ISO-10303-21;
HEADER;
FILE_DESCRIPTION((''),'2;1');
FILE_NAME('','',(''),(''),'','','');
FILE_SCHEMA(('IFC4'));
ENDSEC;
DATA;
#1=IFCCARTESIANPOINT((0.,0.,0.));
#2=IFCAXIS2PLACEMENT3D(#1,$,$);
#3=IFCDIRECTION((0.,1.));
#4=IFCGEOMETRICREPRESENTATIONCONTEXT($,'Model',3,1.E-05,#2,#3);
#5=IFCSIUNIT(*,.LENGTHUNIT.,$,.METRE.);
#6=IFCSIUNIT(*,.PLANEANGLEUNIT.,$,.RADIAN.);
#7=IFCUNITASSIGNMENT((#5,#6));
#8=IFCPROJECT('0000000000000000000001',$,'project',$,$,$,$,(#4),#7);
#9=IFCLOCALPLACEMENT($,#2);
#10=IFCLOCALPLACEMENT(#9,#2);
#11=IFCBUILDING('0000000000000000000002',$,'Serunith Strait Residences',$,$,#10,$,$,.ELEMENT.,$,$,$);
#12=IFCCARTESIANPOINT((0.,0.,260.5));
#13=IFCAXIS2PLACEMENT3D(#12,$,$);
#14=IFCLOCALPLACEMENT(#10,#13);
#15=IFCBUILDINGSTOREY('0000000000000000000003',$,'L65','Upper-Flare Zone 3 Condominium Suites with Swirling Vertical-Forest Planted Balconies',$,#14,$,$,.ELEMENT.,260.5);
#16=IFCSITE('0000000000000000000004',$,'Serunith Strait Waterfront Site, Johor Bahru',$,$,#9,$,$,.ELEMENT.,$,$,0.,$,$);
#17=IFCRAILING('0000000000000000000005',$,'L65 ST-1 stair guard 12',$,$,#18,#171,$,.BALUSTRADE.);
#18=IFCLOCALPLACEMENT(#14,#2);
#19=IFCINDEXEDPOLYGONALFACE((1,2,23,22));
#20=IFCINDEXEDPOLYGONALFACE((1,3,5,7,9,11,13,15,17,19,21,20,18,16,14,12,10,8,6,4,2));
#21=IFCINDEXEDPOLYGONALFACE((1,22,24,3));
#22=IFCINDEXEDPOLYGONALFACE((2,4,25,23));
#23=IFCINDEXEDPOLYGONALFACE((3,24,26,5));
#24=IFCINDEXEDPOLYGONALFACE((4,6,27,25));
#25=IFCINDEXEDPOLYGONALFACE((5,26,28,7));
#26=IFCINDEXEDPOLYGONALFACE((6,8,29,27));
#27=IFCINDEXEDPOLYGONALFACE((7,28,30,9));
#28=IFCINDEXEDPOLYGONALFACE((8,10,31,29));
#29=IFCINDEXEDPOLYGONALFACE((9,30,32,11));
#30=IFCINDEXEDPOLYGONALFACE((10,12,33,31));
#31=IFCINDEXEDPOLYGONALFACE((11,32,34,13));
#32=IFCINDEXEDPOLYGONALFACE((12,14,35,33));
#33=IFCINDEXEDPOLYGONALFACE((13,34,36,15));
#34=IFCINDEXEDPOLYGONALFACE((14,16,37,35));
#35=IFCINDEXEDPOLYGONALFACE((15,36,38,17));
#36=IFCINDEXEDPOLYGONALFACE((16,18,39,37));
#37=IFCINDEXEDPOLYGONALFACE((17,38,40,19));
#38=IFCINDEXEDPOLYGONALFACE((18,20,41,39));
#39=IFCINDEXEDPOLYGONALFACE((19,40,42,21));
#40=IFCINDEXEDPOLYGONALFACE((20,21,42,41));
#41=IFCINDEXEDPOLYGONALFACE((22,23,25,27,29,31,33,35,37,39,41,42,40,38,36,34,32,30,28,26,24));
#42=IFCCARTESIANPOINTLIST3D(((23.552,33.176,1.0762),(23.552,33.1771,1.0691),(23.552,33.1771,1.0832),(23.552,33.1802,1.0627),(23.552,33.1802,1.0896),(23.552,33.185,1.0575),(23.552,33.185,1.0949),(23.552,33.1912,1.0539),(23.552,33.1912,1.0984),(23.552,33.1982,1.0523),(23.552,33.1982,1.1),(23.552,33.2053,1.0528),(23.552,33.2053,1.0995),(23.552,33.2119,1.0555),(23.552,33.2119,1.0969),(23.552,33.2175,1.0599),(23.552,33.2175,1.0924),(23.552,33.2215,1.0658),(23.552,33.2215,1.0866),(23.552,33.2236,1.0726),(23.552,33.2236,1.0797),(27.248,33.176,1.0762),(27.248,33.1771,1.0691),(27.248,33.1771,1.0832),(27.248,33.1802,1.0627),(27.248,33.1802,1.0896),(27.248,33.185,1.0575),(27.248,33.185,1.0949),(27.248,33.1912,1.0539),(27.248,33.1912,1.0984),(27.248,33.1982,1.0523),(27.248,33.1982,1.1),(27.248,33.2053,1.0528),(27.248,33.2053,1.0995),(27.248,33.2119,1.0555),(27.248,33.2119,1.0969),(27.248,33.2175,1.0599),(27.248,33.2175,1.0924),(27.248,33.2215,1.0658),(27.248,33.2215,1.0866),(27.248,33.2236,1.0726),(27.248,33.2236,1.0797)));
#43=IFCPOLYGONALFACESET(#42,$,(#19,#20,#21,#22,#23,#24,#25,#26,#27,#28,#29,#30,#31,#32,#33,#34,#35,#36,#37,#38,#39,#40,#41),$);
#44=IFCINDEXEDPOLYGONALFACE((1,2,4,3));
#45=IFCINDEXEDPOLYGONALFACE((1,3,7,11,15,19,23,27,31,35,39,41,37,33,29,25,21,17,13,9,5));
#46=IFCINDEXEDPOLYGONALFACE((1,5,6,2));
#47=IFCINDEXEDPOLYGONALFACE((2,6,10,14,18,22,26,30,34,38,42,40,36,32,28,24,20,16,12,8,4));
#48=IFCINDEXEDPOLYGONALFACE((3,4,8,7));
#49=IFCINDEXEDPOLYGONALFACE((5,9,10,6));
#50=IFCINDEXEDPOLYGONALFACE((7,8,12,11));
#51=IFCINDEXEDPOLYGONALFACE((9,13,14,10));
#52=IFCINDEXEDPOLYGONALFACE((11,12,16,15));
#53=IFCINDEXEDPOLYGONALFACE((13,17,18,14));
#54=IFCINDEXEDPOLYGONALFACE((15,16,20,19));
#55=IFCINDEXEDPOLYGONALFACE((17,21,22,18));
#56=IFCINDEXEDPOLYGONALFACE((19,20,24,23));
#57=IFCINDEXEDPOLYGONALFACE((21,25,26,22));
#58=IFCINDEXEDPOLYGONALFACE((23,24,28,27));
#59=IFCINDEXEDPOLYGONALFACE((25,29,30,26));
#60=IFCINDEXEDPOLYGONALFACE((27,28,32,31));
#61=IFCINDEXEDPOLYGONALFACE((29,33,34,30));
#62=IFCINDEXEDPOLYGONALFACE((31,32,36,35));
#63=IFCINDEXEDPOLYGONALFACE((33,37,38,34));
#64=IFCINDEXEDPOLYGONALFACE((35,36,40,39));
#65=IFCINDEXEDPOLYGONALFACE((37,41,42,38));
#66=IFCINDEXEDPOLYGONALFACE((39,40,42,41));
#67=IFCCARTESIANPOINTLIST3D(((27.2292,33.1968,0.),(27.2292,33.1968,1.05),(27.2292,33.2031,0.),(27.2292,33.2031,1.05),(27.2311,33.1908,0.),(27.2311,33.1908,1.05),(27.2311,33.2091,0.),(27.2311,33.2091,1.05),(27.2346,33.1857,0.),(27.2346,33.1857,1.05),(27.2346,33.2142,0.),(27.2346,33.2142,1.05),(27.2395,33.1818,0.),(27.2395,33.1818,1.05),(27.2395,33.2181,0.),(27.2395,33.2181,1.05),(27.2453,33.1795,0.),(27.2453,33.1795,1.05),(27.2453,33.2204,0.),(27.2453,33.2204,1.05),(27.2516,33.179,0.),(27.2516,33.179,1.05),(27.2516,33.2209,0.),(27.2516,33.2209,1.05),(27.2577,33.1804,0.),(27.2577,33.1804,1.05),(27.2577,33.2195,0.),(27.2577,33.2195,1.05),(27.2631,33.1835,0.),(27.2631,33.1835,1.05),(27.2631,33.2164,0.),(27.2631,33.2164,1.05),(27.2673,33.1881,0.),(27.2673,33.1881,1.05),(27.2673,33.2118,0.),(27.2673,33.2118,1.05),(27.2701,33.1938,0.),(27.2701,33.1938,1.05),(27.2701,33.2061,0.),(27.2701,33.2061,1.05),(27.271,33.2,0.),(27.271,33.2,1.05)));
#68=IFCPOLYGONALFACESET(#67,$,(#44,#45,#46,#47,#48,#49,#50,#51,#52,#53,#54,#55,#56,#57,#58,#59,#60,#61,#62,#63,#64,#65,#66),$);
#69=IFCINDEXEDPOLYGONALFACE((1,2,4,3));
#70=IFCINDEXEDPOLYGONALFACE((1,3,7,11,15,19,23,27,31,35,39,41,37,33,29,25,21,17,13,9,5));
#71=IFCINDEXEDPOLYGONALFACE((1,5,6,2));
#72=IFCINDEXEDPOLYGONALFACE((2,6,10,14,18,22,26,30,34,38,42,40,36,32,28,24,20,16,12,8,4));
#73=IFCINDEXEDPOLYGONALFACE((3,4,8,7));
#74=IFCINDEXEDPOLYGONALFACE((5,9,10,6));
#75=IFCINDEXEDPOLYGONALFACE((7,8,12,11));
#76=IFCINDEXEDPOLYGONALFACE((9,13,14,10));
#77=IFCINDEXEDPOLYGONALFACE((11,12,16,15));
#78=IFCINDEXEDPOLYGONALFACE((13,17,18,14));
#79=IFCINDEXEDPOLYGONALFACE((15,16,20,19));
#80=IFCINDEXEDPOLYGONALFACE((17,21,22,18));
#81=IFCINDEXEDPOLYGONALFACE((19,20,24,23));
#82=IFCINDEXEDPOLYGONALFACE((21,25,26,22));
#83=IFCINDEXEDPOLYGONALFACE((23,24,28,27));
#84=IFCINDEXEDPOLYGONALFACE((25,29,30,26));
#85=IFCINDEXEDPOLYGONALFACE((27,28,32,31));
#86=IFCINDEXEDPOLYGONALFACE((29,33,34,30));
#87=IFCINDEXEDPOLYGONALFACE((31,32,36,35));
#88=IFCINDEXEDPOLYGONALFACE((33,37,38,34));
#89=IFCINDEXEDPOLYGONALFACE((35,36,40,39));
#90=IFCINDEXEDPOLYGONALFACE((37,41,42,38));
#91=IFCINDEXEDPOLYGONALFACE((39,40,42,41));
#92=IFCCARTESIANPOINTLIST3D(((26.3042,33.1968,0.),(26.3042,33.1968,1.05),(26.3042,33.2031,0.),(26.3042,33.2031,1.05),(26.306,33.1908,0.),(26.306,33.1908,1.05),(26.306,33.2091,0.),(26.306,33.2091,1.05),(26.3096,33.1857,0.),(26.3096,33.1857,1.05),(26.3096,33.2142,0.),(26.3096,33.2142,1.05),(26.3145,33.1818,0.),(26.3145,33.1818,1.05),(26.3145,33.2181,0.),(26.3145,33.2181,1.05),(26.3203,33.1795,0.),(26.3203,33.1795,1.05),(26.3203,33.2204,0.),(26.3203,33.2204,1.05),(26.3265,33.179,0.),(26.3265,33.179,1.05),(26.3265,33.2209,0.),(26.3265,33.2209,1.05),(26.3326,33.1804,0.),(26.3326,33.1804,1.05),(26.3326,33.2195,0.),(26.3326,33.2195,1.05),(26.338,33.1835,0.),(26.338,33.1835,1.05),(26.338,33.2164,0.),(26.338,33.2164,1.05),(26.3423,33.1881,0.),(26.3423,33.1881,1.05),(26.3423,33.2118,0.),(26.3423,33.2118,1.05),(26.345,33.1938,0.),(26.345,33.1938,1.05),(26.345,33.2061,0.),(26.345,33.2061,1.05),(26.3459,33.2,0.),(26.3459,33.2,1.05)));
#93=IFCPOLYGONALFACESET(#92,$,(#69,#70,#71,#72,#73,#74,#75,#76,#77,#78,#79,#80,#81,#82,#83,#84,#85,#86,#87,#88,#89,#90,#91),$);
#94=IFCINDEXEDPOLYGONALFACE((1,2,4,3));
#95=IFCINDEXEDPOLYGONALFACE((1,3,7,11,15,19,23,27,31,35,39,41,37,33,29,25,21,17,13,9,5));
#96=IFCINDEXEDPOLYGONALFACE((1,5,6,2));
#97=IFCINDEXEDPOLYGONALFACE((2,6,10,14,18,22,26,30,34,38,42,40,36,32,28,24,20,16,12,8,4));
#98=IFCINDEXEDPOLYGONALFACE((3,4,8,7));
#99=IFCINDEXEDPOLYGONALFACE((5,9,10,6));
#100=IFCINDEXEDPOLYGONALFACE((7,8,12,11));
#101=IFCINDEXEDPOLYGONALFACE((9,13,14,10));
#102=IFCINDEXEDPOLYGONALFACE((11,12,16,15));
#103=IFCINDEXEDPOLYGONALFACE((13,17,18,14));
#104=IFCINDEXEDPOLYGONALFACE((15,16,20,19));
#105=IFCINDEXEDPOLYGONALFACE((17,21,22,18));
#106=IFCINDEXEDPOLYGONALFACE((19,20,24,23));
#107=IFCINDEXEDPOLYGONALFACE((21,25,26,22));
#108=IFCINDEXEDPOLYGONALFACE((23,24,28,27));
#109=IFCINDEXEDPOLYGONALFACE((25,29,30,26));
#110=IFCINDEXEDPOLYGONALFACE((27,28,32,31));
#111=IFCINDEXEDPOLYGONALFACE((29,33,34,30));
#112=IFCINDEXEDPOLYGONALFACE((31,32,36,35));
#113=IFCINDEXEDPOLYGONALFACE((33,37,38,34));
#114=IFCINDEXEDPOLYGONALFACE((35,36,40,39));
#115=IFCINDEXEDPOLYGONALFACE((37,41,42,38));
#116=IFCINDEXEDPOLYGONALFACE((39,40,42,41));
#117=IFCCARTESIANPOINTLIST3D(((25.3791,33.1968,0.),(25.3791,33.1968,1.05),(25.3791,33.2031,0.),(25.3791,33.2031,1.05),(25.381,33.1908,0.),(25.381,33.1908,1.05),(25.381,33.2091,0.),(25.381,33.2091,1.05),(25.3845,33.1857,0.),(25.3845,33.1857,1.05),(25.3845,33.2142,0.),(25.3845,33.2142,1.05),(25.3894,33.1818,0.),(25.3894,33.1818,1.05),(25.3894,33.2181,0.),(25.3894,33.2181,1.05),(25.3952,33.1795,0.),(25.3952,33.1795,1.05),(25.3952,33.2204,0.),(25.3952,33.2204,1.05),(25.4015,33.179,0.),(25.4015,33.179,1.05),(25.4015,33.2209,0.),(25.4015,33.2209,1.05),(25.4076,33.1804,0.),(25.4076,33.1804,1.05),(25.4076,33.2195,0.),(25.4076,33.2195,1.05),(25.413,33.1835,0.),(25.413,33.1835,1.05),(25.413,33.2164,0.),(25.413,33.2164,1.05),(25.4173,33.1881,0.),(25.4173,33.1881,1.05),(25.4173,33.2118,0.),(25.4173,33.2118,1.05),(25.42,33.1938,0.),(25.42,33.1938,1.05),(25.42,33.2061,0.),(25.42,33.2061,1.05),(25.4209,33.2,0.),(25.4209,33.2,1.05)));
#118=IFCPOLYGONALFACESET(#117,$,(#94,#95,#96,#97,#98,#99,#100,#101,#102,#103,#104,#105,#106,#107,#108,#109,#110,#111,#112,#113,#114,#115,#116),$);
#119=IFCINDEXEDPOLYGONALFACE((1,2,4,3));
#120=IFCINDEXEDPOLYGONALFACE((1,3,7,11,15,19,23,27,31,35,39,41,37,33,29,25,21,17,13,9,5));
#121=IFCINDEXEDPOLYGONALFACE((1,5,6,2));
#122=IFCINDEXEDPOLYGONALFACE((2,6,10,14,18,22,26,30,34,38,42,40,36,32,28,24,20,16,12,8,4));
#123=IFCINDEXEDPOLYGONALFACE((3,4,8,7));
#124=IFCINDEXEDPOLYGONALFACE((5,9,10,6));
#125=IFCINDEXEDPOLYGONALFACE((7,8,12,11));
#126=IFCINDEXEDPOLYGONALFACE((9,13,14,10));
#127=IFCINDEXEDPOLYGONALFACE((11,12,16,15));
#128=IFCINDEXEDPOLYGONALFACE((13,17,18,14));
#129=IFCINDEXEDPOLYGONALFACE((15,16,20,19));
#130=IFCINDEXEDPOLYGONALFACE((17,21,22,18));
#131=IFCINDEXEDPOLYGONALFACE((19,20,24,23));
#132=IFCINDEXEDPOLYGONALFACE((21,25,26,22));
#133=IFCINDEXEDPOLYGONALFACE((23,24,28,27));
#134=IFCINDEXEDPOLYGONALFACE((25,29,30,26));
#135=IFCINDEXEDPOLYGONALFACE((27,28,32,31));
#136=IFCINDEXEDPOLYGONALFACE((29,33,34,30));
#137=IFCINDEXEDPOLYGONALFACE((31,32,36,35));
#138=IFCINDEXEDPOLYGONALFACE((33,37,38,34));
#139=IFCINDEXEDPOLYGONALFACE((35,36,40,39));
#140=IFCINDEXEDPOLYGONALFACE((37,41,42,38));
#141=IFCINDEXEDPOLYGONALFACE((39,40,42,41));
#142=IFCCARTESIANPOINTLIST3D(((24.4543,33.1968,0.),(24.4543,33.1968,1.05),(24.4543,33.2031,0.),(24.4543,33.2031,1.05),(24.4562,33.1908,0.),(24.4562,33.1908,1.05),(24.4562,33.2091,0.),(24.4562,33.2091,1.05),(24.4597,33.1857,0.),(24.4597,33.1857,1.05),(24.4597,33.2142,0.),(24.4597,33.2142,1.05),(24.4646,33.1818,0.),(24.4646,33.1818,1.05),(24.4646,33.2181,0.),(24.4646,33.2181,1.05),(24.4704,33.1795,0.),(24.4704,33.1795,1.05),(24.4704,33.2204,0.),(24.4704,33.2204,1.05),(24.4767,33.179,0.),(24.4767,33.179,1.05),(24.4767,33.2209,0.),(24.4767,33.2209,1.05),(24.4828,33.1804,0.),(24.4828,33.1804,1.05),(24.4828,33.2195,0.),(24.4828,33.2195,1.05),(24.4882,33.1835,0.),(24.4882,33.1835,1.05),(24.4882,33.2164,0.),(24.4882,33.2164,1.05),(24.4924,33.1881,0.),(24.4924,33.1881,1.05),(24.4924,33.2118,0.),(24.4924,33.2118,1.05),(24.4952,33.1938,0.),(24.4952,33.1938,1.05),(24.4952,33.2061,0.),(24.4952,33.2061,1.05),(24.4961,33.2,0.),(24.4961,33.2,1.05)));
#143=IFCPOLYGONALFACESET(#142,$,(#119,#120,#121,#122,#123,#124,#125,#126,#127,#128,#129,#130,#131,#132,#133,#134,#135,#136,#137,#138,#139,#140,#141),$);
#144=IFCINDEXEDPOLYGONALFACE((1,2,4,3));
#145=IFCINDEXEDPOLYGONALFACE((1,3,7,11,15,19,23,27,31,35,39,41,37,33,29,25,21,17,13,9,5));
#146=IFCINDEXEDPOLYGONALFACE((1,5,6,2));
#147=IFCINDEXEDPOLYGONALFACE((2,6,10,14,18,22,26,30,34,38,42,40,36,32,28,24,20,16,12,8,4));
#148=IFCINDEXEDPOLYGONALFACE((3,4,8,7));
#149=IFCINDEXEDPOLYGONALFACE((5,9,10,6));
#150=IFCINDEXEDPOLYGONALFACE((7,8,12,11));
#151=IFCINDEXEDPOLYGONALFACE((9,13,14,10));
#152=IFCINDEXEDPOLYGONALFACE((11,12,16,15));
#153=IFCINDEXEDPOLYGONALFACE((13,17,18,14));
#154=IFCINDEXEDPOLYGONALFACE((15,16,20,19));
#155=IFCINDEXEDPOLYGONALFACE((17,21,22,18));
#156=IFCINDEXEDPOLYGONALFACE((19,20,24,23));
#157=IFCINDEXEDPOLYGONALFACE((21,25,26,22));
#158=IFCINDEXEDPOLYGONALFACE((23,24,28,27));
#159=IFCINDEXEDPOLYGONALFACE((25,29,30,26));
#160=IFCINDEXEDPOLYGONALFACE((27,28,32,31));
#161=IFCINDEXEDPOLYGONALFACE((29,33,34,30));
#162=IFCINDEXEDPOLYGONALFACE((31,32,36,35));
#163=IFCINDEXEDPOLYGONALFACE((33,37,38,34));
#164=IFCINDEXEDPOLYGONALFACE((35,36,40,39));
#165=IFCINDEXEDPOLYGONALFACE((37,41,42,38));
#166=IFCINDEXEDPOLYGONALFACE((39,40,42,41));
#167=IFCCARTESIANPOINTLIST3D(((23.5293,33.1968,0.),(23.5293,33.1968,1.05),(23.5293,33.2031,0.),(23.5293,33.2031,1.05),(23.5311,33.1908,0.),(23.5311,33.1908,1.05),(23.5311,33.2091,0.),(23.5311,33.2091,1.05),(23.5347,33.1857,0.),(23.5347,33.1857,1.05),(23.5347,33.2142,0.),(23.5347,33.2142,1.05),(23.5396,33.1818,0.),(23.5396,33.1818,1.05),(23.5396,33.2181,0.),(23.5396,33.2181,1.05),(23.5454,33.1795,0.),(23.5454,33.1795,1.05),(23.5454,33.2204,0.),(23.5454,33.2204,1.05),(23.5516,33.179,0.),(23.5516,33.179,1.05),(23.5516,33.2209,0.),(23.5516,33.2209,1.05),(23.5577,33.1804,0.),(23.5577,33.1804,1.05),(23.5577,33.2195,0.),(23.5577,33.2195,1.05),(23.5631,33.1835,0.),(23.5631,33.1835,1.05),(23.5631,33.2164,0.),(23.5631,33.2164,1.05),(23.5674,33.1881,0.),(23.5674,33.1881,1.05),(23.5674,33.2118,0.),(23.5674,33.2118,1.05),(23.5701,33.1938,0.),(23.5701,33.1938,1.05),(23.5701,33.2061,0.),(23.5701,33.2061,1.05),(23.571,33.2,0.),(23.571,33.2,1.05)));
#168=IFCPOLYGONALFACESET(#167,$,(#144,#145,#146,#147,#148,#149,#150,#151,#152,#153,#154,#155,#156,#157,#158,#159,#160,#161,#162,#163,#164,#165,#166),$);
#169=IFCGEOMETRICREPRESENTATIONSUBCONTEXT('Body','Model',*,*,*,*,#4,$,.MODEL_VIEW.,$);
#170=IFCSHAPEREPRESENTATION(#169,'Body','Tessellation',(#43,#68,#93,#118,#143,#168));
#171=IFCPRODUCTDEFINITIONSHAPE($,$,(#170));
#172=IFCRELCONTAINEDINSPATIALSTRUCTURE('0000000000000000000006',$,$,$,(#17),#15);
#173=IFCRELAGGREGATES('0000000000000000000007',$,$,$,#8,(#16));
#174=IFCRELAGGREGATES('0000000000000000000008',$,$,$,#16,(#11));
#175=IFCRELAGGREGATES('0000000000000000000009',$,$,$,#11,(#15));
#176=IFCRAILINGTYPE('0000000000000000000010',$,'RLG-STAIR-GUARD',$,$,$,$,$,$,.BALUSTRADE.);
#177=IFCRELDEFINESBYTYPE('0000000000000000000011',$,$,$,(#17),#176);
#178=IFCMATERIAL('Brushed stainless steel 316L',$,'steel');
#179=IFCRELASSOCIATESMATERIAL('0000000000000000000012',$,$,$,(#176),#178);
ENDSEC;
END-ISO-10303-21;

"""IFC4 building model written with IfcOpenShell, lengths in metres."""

from ifc_helpers import new_model, si_unit, direction, frame, origin, origin_2d, place, context, subcontext, project, spatial, circle, extrude, material, type_object, element, save


model = new_model("IFC4")

# Units and contexts
model_context = context("Model", 3, precision=1e-05, world=origin(), true_north=direction((0.0, 1.0)))
body_context = subcontext(model_context, "Body", "Model", "MODEL_VIEW")
ifc_project = project(units=[si_unit("LENGTHUNIT", "METRE"), si_unit("PLANEANGLEUNIT", "RADIAN")], contexts=[model_context])

# Site, building, storey
site_placement = place(None, origin())
site = spatial("IfcSite", under=ifc_project, at=site_placement, Name="Serunith Strait Waterfront Site, Johor Bahru", CompositionType="ELEMENT", RefElevation=0.0)
building_placement = place(site_placement, origin())
building = spatial("IfcBuilding", under=site, at=building_placement, Name="Serunith Strait Residences", CompositionType="ELEMENT")
storey_placement = place(building_placement, frame((0.0, 0.0, 260.5)))
storey = spatial("IfcBuildingStorey", under=building, at=storey_placement, Name="L65", Description="Upper-Flare Zone 3 Condominium Suites with Swirling Vertical-Forest Planted Balconies", CompositionType="ELEMENT", Elevation=260.5)

# Railing
ifc_material_1 = material(Name="Brushed stainless steel 316L", Category="steel")
railing_type = type_object("IfcRailingType", Name="RLG-STAIR-GUARD", PredefinedType="BALUSTRADE", material=ifc_material_1)
railing_1_placement = place(storey_placement, frame((27.25, 33.2, 0.0)))
element("IfcRailing", 1, at=railing_1_placement, inside=storey, type_object=railing_type, Name="L65 ST-1 stair guard 12", PredefinedType="BALUSTRADE", context=body_context, shape_type="SweptSolid", body=[
    extrude(circle(Radius=0.0239, at=origin_2d()), frame((-0.002, 0.0, 1.0762), z_axis=(-1.0, 0.0, 0.0), x_axis=(0.0, -1.0, 0.0)), (0.0, 0.0, 1.0), 3.696),
    extrude(circle(Radius=0.021, at=origin_2d()), origin(), (0.0, 0.0, 1.0), 1.05),
    extrude(circle(Radius=0.021, at=origin_2d()), frame((-0.925, 0.0, 0.0)), (0.0, 0.0, 1.0), 1.05),
    extrude(circle(Radius=0.021, at=origin_2d()), frame((-1.8501, 0.0, 0.0)), (0.0, 0.0, 1.0), 1.05),
    extrude(circle(Radius=0.021, at=origin_2d()), frame((-2.7749, 0.0, 0.0)), (0.0, 0.0, 1.0), 1.05),
    extrude(circle(Radius=0.021, at=origin_2d()), frame((-3.7, 0.0, 0.0)), (0.0, 0.0, 1.0), 1.05),
])

save(model, "model.ifc")
